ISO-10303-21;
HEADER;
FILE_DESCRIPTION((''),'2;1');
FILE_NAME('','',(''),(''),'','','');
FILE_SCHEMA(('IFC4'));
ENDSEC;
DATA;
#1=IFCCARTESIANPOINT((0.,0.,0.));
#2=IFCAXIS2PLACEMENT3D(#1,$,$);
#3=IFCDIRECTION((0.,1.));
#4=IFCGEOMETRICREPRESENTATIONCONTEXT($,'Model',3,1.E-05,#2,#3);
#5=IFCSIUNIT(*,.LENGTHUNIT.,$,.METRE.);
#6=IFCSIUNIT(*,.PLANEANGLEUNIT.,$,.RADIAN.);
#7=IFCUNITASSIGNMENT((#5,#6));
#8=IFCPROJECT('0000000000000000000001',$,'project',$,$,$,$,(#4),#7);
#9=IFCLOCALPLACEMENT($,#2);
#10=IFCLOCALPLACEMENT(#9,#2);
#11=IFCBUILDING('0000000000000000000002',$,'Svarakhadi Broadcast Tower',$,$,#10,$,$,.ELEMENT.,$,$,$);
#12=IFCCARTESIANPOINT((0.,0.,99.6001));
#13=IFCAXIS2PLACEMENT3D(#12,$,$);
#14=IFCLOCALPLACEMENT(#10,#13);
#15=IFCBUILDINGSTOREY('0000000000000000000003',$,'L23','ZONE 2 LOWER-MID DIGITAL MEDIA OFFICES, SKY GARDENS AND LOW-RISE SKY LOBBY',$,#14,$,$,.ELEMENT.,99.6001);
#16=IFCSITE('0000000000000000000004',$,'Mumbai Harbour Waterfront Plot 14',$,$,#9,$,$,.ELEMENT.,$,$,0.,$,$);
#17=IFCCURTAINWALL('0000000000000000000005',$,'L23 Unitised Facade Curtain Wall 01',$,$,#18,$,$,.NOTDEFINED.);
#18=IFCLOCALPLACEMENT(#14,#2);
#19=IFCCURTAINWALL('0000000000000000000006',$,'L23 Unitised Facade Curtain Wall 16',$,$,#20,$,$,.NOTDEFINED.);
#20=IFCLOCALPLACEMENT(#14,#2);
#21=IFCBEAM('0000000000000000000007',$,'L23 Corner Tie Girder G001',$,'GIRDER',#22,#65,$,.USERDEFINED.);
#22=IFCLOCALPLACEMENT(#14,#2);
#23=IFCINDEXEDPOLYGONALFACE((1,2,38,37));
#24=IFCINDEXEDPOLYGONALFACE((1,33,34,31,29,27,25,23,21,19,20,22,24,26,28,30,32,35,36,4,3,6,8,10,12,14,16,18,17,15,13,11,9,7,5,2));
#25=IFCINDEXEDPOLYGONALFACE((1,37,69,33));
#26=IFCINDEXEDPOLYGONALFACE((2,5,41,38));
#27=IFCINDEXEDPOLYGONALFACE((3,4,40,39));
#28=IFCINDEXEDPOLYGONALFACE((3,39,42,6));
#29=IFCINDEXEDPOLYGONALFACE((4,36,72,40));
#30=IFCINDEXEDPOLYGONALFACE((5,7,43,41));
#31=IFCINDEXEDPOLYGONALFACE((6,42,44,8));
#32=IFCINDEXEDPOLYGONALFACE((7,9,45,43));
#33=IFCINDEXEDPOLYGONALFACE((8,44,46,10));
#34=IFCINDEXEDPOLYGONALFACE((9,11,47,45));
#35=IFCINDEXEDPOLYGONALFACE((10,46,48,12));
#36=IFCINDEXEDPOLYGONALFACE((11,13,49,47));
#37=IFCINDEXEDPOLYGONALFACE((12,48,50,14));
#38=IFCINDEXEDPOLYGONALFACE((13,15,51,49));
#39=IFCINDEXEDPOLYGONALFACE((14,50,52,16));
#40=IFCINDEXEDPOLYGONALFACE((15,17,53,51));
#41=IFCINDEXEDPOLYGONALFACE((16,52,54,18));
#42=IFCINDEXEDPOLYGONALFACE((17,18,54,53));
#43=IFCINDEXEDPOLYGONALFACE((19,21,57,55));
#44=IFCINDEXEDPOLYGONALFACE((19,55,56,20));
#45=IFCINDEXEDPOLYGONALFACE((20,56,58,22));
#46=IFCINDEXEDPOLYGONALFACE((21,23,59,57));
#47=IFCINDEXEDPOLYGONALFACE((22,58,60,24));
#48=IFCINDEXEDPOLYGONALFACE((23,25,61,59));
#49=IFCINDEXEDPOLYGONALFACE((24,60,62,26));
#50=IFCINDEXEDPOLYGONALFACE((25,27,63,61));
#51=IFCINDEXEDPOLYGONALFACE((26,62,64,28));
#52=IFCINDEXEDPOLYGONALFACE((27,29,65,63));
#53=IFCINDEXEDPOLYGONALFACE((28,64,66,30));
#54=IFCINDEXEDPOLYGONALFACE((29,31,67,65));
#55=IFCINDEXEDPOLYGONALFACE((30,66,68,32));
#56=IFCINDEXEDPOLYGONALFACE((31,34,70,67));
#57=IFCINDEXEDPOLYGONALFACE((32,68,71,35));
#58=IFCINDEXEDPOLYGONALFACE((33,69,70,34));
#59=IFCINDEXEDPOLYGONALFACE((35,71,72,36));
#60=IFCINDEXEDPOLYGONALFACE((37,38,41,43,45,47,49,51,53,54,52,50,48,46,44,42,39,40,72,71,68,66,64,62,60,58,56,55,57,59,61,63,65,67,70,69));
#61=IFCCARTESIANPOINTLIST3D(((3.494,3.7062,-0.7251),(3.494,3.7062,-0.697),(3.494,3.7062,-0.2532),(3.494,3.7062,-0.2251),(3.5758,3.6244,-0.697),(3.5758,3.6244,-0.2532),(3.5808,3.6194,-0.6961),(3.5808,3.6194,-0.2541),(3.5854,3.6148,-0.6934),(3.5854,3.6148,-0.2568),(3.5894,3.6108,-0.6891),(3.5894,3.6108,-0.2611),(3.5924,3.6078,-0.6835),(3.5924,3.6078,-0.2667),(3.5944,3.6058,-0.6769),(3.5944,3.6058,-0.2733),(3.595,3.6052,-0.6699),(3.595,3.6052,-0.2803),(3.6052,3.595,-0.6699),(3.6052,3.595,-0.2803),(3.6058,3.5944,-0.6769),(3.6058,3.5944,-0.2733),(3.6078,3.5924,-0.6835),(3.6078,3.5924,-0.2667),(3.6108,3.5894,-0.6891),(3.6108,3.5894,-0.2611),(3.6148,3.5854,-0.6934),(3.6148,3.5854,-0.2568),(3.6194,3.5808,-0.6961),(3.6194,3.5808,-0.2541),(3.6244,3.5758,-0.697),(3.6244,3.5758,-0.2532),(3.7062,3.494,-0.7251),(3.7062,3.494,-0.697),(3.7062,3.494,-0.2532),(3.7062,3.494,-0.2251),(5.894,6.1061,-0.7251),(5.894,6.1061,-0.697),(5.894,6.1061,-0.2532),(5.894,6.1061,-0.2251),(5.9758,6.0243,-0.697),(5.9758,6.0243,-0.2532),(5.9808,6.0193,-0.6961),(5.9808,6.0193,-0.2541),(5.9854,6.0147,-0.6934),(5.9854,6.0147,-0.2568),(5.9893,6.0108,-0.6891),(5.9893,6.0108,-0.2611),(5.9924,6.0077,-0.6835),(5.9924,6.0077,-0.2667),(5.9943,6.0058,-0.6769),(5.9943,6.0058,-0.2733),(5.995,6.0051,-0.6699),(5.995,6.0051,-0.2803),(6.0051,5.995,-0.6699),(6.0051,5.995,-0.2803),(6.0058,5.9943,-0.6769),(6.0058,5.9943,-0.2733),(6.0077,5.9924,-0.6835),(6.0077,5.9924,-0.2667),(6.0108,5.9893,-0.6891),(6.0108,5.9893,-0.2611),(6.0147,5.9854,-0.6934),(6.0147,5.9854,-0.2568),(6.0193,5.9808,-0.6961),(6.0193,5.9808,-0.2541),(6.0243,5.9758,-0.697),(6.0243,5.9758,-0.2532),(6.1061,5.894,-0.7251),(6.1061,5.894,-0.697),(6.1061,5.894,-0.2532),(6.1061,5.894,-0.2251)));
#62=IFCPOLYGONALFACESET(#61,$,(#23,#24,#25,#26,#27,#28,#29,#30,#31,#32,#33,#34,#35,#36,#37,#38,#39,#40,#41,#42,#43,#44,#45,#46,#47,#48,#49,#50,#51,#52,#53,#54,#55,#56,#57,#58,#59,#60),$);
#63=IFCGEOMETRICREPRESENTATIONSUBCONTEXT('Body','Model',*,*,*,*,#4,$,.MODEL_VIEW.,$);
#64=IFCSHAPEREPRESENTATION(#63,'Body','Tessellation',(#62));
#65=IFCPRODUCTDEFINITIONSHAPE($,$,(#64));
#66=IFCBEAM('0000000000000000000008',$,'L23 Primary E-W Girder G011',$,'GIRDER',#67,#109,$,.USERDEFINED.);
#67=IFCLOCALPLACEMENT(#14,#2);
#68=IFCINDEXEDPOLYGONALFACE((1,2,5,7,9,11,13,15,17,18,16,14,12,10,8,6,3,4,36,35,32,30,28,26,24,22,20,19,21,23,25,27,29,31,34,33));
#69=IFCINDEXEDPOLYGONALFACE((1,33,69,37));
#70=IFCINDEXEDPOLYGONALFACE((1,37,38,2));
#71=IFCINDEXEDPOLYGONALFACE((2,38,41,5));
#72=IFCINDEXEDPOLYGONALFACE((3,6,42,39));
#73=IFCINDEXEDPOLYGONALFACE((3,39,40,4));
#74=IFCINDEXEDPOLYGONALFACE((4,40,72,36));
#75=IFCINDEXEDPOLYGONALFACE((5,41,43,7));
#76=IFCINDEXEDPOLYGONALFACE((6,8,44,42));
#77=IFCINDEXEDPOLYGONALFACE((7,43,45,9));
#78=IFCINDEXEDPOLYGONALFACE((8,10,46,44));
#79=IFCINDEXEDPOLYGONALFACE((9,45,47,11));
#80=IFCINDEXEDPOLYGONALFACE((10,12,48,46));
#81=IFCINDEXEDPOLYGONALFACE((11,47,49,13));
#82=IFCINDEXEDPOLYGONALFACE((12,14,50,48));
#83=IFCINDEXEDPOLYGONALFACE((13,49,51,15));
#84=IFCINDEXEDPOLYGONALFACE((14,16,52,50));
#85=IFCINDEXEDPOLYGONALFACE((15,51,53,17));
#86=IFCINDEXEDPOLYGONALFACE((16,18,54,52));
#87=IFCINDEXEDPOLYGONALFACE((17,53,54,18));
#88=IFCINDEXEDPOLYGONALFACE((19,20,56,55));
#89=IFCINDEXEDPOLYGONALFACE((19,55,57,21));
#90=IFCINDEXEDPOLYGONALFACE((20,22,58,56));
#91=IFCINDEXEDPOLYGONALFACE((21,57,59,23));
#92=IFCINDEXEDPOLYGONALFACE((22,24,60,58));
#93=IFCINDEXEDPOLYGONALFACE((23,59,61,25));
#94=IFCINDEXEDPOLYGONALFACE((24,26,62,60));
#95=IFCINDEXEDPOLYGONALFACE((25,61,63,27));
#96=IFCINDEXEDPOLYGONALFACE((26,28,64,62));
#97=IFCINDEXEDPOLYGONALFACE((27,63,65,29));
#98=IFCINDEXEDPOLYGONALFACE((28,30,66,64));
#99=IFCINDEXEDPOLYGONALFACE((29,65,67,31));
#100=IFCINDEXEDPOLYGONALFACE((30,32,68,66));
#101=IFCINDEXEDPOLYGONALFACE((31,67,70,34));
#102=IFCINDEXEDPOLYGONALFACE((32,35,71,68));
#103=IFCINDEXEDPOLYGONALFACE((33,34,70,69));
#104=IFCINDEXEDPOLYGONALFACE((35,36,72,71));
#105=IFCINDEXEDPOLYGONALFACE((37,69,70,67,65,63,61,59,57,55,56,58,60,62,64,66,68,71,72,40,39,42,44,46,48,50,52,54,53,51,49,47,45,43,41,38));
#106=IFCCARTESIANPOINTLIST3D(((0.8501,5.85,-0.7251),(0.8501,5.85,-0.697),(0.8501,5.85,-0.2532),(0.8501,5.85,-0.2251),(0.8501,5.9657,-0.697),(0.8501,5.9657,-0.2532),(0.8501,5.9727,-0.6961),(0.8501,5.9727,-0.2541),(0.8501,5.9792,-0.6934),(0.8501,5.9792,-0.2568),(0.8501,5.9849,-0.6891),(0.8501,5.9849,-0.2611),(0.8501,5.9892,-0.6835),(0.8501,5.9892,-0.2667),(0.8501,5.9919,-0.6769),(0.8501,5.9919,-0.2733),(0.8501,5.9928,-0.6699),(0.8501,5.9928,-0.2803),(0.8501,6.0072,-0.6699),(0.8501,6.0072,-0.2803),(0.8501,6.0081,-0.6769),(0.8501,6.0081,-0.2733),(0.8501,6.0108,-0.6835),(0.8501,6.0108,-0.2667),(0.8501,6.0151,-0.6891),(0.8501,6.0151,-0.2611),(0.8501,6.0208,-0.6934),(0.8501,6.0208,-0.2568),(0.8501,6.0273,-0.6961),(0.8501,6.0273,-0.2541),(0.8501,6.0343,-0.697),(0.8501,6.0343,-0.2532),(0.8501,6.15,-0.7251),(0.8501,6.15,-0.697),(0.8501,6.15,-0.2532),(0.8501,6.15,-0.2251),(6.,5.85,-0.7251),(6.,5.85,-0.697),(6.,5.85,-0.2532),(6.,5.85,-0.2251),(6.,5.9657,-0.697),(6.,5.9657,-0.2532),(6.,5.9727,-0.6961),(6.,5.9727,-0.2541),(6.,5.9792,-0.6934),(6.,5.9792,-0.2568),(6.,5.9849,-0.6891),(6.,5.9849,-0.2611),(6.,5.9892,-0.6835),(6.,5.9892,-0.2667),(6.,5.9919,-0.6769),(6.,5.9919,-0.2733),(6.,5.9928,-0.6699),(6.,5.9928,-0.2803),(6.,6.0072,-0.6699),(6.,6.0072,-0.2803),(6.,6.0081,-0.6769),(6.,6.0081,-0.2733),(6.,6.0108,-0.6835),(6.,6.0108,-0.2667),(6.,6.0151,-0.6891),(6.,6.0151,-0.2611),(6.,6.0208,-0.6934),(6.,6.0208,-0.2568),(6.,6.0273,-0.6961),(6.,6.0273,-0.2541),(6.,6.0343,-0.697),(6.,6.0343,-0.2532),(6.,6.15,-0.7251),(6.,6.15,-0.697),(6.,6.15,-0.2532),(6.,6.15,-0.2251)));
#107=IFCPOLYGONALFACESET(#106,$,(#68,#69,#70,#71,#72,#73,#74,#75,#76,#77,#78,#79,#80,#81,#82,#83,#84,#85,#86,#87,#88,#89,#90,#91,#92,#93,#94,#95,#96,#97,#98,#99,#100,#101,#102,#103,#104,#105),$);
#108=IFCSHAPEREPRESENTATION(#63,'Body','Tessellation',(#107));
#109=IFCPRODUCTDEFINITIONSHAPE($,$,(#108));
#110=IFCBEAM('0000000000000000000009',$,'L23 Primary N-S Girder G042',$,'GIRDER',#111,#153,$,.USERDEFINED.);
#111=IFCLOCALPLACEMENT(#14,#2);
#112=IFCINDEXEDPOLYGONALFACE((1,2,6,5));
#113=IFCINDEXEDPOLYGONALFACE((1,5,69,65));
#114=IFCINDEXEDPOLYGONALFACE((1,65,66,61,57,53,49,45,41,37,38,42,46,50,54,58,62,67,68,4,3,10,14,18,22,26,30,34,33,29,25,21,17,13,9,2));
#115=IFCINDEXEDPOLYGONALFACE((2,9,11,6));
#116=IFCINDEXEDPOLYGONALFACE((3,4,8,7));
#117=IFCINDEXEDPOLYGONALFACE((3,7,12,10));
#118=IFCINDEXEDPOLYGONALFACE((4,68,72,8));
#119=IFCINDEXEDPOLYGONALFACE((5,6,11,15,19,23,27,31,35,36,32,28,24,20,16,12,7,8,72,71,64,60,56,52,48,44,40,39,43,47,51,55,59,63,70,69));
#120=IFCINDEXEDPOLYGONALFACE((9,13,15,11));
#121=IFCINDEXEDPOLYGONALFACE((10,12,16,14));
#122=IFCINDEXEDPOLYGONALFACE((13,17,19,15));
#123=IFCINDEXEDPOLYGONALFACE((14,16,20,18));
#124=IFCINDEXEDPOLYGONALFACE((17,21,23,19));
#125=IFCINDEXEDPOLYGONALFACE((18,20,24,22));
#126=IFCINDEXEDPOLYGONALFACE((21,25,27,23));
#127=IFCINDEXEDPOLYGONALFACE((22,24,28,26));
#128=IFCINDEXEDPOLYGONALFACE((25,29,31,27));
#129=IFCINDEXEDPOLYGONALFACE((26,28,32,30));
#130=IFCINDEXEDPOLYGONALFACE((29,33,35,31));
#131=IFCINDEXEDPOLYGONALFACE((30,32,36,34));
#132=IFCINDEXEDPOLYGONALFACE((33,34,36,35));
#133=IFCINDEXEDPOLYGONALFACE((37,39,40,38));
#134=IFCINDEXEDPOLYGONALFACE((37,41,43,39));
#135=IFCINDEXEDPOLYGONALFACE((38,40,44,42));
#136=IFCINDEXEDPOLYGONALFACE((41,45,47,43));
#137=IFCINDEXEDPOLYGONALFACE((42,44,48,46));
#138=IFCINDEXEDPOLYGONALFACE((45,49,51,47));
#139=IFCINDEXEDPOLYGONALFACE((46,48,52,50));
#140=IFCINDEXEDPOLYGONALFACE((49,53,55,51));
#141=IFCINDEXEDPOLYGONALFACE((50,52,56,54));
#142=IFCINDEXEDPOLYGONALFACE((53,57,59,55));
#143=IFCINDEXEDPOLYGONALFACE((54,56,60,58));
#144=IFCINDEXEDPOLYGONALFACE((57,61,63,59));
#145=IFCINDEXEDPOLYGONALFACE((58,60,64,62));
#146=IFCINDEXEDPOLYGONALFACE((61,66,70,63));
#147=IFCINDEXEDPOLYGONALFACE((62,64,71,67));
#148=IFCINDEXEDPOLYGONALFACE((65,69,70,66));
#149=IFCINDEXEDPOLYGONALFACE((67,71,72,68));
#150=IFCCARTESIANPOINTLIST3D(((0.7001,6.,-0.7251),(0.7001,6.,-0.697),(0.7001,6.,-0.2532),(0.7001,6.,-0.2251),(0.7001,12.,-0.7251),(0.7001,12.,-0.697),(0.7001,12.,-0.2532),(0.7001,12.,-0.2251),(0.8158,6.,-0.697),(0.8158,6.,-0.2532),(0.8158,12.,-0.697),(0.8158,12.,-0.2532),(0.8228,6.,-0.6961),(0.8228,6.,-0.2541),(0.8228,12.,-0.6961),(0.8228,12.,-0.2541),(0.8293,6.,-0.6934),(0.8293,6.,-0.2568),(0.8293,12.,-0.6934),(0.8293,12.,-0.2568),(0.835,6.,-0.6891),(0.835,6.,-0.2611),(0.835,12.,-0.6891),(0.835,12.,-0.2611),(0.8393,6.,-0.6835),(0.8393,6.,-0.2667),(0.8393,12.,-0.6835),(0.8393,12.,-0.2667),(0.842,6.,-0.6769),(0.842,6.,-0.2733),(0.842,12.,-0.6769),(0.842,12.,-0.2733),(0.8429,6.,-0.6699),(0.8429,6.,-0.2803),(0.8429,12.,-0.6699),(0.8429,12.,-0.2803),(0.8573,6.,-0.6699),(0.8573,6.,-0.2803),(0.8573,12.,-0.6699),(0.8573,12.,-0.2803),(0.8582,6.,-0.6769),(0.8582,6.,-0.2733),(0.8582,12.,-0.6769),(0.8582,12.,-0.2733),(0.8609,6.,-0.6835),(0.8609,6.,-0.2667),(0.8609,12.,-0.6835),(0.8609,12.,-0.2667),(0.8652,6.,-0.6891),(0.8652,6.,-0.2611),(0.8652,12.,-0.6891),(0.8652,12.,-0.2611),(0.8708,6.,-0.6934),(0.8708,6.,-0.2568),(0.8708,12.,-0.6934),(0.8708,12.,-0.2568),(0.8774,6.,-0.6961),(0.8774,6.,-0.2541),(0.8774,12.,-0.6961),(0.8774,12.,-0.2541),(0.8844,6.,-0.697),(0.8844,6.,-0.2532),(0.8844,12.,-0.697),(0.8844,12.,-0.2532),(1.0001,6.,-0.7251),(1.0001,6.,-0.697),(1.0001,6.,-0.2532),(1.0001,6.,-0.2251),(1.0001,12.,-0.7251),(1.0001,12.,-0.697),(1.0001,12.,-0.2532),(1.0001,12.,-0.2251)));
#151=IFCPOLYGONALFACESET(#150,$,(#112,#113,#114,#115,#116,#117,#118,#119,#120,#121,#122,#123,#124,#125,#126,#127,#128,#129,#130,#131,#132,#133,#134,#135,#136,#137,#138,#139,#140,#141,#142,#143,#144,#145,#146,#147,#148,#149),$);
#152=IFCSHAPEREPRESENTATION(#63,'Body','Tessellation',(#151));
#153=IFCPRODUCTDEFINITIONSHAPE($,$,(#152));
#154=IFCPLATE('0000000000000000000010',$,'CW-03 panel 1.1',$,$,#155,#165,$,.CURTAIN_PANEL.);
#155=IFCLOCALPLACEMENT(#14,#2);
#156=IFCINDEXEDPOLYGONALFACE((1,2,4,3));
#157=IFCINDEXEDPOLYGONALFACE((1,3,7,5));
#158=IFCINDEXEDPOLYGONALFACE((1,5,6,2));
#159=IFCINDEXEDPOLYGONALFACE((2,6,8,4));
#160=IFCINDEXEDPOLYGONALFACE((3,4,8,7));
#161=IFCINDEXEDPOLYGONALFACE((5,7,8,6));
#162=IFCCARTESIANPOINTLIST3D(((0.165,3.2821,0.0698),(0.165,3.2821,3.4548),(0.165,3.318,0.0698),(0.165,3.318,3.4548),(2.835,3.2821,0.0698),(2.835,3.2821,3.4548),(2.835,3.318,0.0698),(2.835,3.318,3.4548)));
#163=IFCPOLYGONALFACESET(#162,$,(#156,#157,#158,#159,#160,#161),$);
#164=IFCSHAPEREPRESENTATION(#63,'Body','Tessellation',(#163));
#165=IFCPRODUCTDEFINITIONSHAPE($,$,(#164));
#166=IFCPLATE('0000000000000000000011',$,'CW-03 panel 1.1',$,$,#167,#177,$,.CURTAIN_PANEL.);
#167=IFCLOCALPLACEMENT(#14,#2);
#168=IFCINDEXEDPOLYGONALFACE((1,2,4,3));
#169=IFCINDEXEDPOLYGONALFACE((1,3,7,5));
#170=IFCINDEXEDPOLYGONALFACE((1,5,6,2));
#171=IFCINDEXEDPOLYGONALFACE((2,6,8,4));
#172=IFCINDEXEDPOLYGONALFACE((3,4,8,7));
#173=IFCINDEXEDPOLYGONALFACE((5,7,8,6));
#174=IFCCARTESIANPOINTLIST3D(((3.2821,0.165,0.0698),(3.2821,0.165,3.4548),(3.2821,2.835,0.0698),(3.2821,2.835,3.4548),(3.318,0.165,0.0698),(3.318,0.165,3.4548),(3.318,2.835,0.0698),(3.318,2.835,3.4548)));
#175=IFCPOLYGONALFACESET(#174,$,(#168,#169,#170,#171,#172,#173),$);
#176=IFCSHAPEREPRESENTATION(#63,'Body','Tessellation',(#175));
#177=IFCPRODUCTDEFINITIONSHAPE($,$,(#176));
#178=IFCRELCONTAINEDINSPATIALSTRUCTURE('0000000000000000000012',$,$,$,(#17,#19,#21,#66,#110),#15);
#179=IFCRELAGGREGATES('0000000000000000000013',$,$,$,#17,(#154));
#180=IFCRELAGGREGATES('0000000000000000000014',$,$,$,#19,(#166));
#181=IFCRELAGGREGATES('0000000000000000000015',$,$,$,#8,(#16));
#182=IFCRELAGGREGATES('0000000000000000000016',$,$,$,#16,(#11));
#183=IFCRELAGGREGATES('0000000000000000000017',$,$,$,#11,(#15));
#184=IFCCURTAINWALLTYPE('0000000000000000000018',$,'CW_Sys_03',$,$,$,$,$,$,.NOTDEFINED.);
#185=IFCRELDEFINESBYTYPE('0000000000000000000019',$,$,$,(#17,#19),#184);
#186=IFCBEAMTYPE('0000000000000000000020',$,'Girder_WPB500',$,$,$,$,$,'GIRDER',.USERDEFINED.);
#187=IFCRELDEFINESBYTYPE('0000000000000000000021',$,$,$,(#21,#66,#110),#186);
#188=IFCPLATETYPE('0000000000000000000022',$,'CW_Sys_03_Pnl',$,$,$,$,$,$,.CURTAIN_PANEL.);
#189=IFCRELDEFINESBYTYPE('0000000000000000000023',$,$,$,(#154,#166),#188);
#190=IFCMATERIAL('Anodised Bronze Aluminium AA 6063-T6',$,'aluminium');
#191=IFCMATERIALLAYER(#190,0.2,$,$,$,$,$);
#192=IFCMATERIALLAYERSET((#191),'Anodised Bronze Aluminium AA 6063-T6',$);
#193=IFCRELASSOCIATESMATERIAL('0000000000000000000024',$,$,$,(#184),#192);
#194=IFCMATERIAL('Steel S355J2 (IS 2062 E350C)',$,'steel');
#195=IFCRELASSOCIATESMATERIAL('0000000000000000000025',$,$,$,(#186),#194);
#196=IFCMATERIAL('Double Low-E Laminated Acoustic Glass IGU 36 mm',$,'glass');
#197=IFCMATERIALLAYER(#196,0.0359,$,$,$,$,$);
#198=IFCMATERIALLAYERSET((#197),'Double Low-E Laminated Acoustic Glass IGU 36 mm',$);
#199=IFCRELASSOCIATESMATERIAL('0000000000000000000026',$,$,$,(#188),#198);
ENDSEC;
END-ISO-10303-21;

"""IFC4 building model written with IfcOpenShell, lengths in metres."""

from ifc_helpers import new_model, si_unit, direction, frame, origin, origin_2d, place, context, subcontext, project, spatial, rectangle, i_section, extrude, material, layer, layer_set, material_profile, profile_set, type_object, element, aggregate, save


model = new_model("IFC4")

# Units and contexts
model_context = context("Model", 3, precision=1e-05, world=origin(), true_north=direction((0.0, 1.0)))
body_context = subcontext(model_context, "Body", "Model", "MODEL_VIEW")
ifc_project = project(units=[si_unit("LENGTHUNIT", "METRE"), si_unit("PLANEANGLEUNIT", "RADIAN")], contexts=[model_context])

# Site, building, storey
site_placement = place(None, origin())
site = spatial("IfcSite", under=ifc_project, at=site_placement, Name="Mumbai Harbour Waterfront Plot 14", CompositionType="ELEMENT", RefElevation=0.0)
building_placement = place(site_placement, origin())
building = spatial("IfcBuilding", under=site, at=building_placement, Name="Svarakhadi Broadcast Tower", CompositionType="ELEMENT")
storey_placement = place(building_placement, frame((0.0, 0.0, 99.6001)))
storey = spatial("IfcBuildingStorey", under=building, at=storey_placement, Name="L23", Description="ZONE 2 LOWER-MID DIGITAL MEDIA OFFICES, SKY GARDENS AND LOW-RISE SKY LOBBY", CompositionType="ELEMENT", Elevation=99.6001)

# Curtain wall
ifc_material_1 = material(Name="Anodised Bronze Aluminium AA 6063-T6", Category="aluminium")
ifc_layer_1 = layer(ifc_material_1, 0.2)
ifc_layer_set_1 = layer_set([ifc_layer_1], Name="Anodised Bronze Aluminium AA 6063-T6")
curtain_wall_type = type_object("IfcCurtainWallType", Name="CW_Sys_03", PredefinedType="NOTDEFINED", material=ifc_layer_set_1)
curtain_wall_1_placement = place(storey_placement, origin())
curtain_wall_1 = element("IfcCurtainWall", 1, at=curtain_wall_1_placement, inside=storey, type_object=curtain_wall_type, Name="L23 Unitised Facade Curtain Wall 01", PredefinedType="NOTDEFINED")

# Curtain wall
curtain_wall_2_placement = place(storey_placement, origin())
curtain_wall_2 = element("IfcCurtainWall", 2, at=curtain_wall_2_placement, inside=storey, type_object=curtain_wall_type, Name="L23 Unitised Facade Curtain Wall 16", PredefinedType="NOTDEFINED")

# Beams
ifc_material_2 = material(Name="Steel S355J2 (IS 2062 E350C)", Category="steel")
ifc_material_profile_1 = material_profile(ifc_material_2, i_section(OverallWidth=0.3, OverallDepth=0.5, WebThickness=0.0144, FlangeThickness=0.0281, FilletRadius=0.0271, at=origin_2d()), Name="WPB 500x300x187")
ifc_profile_set_1 = profile_set([ifc_material_profile_1], Name="Steel S355J2 (IS 2062 E350C)")
beam_type = type_object("IfcBeamType", Name="Girder_WPB500", ElementType="GIRDER", PredefinedType="USERDEFINED", material=ifc_profile_set_1)
beam_1_placement = place(storey_placement, frame((3.6001, 3.6001, -0.4751), z_axis=(0.707107, 0.707107, 0.0), x_axis=(-0.707107, 0.707107, 0.0)))
element("IfcBeam", 3, at=beam_1_placement, inside=storey, type_object=beam_type, Name="L23 Corner Tie Girder G001", ObjectType="GIRDER", PredefinedType="USERDEFINED", context=body_context, shape_type="SweptSolid", body=[
    extrude(i_section(OverallWidth=0.3, OverallDepth=0.5, WebThickness=0.0144, FlangeThickness=0.0281, FilletRadius=0.0271, at=origin_2d()), origin(), (0.0, 0.0, 1.0), 3.394),
])
beam_2_placement = place(storey_placement, frame((0.8501, 6.0, -0.4751), z_axis=(1.0, 0.0, 0.0), x_axis=(0.0, 1.0, 0.0)))
element("IfcBeam", 4, at=beam_2_placement, inside=storey, type_object=beam_type, Name="L23 Primary E-W Girder G011", ObjectType="GIRDER", PredefinedType="USERDEFINED", context=body_context, shape_type="SweptSolid", body=[
    extrude(i_section(OverallWidth=0.3, OverallDepth=0.5, WebThickness=0.0144, FlangeThickness=0.0281, FilletRadius=0.0271, at=origin_2d()), origin(), (0.0, 0.0, 1.0), 5.1499),
])
beam_3_placement = place(storey_placement, frame((0.8501, 6.0, -0.4751), z_axis=(0.0, 1.0, 0.0), x_axis=(-1.0, 0.0, 0.0)))
element("IfcBeam", 5, at=beam_3_placement, inside=storey, type_object=beam_type, Name="L23 Primary N-S Girder G042", ObjectType="GIRDER", PredefinedType="USERDEFINED", context=body_context, shape_type="SweptSolid", body=[
    extrude(i_section(OverallWidth=0.3, OverallDepth=0.5, WebThickness=0.0144, FlangeThickness=0.0281, FilletRadius=0.0271, at=origin_2d()), origin(), (0.0, 0.0, 1.0), 6.0),
])

# Plates
ifc_material_3 = material(Name="Double Low-E Laminated Acoustic Glass IGU 36 mm", Category="glass")
ifc_layer_2 = layer(ifc_material_3, 0.0359)
ifc_layer_set_2 = layer_set([ifc_layer_2], Name="Double Low-E Laminated Acoustic Glass IGU 36 mm")
plate_type = type_object("IfcPlateType", Name="CW_Sys_03_Pnl", PredefinedType="CURTAIN_PANEL", material=ifc_layer_set_2)
plate_1_placement = place(storey_placement, frame((1.5, 3.3, 0.0698), z_axis=(0.0, 0.0, 1.0), x_axis=(-1.0, 0.0, 0.0)))
plate_1 = element("IfcPlate", 6, at=plate_1_placement, type_object=plate_type, Name="CW-03 panel 1.1", PredefinedType="CURTAIN_PANEL", context=body_context, shape_type="SweptSolid", body=[
    extrude(rectangle(XDim=2.6699, YDim=0.0359, at=origin_2d()), origin(), (0.0, 0.0, 1.0), 3.385),
])
aggregate(curtain_wall_1, [plate_1])
plate_2_placement = place(storey_placement, frame((3.3, 1.5, 0.0698), z_axis=(0.0, 0.0, 1.0), x_axis=(0.0, 1.0, 0.0)))
plate_2 = element("IfcPlate", 7, at=plate_2_placement, type_object=plate_type, Name="CW-03 panel 1.1", PredefinedType="CURTAIN_PANEL", context=body_context, shape_type="SweptSolid", body=[
    extrude(rectangle(XDim=2.6699, YDim=0.0359, at=origin_2d()), origin(), (0.0, 0.0, 1.0), 3.385),
])
aggregate(curtain_wall_2, [plate_2])

save(model, "model.ifc")
